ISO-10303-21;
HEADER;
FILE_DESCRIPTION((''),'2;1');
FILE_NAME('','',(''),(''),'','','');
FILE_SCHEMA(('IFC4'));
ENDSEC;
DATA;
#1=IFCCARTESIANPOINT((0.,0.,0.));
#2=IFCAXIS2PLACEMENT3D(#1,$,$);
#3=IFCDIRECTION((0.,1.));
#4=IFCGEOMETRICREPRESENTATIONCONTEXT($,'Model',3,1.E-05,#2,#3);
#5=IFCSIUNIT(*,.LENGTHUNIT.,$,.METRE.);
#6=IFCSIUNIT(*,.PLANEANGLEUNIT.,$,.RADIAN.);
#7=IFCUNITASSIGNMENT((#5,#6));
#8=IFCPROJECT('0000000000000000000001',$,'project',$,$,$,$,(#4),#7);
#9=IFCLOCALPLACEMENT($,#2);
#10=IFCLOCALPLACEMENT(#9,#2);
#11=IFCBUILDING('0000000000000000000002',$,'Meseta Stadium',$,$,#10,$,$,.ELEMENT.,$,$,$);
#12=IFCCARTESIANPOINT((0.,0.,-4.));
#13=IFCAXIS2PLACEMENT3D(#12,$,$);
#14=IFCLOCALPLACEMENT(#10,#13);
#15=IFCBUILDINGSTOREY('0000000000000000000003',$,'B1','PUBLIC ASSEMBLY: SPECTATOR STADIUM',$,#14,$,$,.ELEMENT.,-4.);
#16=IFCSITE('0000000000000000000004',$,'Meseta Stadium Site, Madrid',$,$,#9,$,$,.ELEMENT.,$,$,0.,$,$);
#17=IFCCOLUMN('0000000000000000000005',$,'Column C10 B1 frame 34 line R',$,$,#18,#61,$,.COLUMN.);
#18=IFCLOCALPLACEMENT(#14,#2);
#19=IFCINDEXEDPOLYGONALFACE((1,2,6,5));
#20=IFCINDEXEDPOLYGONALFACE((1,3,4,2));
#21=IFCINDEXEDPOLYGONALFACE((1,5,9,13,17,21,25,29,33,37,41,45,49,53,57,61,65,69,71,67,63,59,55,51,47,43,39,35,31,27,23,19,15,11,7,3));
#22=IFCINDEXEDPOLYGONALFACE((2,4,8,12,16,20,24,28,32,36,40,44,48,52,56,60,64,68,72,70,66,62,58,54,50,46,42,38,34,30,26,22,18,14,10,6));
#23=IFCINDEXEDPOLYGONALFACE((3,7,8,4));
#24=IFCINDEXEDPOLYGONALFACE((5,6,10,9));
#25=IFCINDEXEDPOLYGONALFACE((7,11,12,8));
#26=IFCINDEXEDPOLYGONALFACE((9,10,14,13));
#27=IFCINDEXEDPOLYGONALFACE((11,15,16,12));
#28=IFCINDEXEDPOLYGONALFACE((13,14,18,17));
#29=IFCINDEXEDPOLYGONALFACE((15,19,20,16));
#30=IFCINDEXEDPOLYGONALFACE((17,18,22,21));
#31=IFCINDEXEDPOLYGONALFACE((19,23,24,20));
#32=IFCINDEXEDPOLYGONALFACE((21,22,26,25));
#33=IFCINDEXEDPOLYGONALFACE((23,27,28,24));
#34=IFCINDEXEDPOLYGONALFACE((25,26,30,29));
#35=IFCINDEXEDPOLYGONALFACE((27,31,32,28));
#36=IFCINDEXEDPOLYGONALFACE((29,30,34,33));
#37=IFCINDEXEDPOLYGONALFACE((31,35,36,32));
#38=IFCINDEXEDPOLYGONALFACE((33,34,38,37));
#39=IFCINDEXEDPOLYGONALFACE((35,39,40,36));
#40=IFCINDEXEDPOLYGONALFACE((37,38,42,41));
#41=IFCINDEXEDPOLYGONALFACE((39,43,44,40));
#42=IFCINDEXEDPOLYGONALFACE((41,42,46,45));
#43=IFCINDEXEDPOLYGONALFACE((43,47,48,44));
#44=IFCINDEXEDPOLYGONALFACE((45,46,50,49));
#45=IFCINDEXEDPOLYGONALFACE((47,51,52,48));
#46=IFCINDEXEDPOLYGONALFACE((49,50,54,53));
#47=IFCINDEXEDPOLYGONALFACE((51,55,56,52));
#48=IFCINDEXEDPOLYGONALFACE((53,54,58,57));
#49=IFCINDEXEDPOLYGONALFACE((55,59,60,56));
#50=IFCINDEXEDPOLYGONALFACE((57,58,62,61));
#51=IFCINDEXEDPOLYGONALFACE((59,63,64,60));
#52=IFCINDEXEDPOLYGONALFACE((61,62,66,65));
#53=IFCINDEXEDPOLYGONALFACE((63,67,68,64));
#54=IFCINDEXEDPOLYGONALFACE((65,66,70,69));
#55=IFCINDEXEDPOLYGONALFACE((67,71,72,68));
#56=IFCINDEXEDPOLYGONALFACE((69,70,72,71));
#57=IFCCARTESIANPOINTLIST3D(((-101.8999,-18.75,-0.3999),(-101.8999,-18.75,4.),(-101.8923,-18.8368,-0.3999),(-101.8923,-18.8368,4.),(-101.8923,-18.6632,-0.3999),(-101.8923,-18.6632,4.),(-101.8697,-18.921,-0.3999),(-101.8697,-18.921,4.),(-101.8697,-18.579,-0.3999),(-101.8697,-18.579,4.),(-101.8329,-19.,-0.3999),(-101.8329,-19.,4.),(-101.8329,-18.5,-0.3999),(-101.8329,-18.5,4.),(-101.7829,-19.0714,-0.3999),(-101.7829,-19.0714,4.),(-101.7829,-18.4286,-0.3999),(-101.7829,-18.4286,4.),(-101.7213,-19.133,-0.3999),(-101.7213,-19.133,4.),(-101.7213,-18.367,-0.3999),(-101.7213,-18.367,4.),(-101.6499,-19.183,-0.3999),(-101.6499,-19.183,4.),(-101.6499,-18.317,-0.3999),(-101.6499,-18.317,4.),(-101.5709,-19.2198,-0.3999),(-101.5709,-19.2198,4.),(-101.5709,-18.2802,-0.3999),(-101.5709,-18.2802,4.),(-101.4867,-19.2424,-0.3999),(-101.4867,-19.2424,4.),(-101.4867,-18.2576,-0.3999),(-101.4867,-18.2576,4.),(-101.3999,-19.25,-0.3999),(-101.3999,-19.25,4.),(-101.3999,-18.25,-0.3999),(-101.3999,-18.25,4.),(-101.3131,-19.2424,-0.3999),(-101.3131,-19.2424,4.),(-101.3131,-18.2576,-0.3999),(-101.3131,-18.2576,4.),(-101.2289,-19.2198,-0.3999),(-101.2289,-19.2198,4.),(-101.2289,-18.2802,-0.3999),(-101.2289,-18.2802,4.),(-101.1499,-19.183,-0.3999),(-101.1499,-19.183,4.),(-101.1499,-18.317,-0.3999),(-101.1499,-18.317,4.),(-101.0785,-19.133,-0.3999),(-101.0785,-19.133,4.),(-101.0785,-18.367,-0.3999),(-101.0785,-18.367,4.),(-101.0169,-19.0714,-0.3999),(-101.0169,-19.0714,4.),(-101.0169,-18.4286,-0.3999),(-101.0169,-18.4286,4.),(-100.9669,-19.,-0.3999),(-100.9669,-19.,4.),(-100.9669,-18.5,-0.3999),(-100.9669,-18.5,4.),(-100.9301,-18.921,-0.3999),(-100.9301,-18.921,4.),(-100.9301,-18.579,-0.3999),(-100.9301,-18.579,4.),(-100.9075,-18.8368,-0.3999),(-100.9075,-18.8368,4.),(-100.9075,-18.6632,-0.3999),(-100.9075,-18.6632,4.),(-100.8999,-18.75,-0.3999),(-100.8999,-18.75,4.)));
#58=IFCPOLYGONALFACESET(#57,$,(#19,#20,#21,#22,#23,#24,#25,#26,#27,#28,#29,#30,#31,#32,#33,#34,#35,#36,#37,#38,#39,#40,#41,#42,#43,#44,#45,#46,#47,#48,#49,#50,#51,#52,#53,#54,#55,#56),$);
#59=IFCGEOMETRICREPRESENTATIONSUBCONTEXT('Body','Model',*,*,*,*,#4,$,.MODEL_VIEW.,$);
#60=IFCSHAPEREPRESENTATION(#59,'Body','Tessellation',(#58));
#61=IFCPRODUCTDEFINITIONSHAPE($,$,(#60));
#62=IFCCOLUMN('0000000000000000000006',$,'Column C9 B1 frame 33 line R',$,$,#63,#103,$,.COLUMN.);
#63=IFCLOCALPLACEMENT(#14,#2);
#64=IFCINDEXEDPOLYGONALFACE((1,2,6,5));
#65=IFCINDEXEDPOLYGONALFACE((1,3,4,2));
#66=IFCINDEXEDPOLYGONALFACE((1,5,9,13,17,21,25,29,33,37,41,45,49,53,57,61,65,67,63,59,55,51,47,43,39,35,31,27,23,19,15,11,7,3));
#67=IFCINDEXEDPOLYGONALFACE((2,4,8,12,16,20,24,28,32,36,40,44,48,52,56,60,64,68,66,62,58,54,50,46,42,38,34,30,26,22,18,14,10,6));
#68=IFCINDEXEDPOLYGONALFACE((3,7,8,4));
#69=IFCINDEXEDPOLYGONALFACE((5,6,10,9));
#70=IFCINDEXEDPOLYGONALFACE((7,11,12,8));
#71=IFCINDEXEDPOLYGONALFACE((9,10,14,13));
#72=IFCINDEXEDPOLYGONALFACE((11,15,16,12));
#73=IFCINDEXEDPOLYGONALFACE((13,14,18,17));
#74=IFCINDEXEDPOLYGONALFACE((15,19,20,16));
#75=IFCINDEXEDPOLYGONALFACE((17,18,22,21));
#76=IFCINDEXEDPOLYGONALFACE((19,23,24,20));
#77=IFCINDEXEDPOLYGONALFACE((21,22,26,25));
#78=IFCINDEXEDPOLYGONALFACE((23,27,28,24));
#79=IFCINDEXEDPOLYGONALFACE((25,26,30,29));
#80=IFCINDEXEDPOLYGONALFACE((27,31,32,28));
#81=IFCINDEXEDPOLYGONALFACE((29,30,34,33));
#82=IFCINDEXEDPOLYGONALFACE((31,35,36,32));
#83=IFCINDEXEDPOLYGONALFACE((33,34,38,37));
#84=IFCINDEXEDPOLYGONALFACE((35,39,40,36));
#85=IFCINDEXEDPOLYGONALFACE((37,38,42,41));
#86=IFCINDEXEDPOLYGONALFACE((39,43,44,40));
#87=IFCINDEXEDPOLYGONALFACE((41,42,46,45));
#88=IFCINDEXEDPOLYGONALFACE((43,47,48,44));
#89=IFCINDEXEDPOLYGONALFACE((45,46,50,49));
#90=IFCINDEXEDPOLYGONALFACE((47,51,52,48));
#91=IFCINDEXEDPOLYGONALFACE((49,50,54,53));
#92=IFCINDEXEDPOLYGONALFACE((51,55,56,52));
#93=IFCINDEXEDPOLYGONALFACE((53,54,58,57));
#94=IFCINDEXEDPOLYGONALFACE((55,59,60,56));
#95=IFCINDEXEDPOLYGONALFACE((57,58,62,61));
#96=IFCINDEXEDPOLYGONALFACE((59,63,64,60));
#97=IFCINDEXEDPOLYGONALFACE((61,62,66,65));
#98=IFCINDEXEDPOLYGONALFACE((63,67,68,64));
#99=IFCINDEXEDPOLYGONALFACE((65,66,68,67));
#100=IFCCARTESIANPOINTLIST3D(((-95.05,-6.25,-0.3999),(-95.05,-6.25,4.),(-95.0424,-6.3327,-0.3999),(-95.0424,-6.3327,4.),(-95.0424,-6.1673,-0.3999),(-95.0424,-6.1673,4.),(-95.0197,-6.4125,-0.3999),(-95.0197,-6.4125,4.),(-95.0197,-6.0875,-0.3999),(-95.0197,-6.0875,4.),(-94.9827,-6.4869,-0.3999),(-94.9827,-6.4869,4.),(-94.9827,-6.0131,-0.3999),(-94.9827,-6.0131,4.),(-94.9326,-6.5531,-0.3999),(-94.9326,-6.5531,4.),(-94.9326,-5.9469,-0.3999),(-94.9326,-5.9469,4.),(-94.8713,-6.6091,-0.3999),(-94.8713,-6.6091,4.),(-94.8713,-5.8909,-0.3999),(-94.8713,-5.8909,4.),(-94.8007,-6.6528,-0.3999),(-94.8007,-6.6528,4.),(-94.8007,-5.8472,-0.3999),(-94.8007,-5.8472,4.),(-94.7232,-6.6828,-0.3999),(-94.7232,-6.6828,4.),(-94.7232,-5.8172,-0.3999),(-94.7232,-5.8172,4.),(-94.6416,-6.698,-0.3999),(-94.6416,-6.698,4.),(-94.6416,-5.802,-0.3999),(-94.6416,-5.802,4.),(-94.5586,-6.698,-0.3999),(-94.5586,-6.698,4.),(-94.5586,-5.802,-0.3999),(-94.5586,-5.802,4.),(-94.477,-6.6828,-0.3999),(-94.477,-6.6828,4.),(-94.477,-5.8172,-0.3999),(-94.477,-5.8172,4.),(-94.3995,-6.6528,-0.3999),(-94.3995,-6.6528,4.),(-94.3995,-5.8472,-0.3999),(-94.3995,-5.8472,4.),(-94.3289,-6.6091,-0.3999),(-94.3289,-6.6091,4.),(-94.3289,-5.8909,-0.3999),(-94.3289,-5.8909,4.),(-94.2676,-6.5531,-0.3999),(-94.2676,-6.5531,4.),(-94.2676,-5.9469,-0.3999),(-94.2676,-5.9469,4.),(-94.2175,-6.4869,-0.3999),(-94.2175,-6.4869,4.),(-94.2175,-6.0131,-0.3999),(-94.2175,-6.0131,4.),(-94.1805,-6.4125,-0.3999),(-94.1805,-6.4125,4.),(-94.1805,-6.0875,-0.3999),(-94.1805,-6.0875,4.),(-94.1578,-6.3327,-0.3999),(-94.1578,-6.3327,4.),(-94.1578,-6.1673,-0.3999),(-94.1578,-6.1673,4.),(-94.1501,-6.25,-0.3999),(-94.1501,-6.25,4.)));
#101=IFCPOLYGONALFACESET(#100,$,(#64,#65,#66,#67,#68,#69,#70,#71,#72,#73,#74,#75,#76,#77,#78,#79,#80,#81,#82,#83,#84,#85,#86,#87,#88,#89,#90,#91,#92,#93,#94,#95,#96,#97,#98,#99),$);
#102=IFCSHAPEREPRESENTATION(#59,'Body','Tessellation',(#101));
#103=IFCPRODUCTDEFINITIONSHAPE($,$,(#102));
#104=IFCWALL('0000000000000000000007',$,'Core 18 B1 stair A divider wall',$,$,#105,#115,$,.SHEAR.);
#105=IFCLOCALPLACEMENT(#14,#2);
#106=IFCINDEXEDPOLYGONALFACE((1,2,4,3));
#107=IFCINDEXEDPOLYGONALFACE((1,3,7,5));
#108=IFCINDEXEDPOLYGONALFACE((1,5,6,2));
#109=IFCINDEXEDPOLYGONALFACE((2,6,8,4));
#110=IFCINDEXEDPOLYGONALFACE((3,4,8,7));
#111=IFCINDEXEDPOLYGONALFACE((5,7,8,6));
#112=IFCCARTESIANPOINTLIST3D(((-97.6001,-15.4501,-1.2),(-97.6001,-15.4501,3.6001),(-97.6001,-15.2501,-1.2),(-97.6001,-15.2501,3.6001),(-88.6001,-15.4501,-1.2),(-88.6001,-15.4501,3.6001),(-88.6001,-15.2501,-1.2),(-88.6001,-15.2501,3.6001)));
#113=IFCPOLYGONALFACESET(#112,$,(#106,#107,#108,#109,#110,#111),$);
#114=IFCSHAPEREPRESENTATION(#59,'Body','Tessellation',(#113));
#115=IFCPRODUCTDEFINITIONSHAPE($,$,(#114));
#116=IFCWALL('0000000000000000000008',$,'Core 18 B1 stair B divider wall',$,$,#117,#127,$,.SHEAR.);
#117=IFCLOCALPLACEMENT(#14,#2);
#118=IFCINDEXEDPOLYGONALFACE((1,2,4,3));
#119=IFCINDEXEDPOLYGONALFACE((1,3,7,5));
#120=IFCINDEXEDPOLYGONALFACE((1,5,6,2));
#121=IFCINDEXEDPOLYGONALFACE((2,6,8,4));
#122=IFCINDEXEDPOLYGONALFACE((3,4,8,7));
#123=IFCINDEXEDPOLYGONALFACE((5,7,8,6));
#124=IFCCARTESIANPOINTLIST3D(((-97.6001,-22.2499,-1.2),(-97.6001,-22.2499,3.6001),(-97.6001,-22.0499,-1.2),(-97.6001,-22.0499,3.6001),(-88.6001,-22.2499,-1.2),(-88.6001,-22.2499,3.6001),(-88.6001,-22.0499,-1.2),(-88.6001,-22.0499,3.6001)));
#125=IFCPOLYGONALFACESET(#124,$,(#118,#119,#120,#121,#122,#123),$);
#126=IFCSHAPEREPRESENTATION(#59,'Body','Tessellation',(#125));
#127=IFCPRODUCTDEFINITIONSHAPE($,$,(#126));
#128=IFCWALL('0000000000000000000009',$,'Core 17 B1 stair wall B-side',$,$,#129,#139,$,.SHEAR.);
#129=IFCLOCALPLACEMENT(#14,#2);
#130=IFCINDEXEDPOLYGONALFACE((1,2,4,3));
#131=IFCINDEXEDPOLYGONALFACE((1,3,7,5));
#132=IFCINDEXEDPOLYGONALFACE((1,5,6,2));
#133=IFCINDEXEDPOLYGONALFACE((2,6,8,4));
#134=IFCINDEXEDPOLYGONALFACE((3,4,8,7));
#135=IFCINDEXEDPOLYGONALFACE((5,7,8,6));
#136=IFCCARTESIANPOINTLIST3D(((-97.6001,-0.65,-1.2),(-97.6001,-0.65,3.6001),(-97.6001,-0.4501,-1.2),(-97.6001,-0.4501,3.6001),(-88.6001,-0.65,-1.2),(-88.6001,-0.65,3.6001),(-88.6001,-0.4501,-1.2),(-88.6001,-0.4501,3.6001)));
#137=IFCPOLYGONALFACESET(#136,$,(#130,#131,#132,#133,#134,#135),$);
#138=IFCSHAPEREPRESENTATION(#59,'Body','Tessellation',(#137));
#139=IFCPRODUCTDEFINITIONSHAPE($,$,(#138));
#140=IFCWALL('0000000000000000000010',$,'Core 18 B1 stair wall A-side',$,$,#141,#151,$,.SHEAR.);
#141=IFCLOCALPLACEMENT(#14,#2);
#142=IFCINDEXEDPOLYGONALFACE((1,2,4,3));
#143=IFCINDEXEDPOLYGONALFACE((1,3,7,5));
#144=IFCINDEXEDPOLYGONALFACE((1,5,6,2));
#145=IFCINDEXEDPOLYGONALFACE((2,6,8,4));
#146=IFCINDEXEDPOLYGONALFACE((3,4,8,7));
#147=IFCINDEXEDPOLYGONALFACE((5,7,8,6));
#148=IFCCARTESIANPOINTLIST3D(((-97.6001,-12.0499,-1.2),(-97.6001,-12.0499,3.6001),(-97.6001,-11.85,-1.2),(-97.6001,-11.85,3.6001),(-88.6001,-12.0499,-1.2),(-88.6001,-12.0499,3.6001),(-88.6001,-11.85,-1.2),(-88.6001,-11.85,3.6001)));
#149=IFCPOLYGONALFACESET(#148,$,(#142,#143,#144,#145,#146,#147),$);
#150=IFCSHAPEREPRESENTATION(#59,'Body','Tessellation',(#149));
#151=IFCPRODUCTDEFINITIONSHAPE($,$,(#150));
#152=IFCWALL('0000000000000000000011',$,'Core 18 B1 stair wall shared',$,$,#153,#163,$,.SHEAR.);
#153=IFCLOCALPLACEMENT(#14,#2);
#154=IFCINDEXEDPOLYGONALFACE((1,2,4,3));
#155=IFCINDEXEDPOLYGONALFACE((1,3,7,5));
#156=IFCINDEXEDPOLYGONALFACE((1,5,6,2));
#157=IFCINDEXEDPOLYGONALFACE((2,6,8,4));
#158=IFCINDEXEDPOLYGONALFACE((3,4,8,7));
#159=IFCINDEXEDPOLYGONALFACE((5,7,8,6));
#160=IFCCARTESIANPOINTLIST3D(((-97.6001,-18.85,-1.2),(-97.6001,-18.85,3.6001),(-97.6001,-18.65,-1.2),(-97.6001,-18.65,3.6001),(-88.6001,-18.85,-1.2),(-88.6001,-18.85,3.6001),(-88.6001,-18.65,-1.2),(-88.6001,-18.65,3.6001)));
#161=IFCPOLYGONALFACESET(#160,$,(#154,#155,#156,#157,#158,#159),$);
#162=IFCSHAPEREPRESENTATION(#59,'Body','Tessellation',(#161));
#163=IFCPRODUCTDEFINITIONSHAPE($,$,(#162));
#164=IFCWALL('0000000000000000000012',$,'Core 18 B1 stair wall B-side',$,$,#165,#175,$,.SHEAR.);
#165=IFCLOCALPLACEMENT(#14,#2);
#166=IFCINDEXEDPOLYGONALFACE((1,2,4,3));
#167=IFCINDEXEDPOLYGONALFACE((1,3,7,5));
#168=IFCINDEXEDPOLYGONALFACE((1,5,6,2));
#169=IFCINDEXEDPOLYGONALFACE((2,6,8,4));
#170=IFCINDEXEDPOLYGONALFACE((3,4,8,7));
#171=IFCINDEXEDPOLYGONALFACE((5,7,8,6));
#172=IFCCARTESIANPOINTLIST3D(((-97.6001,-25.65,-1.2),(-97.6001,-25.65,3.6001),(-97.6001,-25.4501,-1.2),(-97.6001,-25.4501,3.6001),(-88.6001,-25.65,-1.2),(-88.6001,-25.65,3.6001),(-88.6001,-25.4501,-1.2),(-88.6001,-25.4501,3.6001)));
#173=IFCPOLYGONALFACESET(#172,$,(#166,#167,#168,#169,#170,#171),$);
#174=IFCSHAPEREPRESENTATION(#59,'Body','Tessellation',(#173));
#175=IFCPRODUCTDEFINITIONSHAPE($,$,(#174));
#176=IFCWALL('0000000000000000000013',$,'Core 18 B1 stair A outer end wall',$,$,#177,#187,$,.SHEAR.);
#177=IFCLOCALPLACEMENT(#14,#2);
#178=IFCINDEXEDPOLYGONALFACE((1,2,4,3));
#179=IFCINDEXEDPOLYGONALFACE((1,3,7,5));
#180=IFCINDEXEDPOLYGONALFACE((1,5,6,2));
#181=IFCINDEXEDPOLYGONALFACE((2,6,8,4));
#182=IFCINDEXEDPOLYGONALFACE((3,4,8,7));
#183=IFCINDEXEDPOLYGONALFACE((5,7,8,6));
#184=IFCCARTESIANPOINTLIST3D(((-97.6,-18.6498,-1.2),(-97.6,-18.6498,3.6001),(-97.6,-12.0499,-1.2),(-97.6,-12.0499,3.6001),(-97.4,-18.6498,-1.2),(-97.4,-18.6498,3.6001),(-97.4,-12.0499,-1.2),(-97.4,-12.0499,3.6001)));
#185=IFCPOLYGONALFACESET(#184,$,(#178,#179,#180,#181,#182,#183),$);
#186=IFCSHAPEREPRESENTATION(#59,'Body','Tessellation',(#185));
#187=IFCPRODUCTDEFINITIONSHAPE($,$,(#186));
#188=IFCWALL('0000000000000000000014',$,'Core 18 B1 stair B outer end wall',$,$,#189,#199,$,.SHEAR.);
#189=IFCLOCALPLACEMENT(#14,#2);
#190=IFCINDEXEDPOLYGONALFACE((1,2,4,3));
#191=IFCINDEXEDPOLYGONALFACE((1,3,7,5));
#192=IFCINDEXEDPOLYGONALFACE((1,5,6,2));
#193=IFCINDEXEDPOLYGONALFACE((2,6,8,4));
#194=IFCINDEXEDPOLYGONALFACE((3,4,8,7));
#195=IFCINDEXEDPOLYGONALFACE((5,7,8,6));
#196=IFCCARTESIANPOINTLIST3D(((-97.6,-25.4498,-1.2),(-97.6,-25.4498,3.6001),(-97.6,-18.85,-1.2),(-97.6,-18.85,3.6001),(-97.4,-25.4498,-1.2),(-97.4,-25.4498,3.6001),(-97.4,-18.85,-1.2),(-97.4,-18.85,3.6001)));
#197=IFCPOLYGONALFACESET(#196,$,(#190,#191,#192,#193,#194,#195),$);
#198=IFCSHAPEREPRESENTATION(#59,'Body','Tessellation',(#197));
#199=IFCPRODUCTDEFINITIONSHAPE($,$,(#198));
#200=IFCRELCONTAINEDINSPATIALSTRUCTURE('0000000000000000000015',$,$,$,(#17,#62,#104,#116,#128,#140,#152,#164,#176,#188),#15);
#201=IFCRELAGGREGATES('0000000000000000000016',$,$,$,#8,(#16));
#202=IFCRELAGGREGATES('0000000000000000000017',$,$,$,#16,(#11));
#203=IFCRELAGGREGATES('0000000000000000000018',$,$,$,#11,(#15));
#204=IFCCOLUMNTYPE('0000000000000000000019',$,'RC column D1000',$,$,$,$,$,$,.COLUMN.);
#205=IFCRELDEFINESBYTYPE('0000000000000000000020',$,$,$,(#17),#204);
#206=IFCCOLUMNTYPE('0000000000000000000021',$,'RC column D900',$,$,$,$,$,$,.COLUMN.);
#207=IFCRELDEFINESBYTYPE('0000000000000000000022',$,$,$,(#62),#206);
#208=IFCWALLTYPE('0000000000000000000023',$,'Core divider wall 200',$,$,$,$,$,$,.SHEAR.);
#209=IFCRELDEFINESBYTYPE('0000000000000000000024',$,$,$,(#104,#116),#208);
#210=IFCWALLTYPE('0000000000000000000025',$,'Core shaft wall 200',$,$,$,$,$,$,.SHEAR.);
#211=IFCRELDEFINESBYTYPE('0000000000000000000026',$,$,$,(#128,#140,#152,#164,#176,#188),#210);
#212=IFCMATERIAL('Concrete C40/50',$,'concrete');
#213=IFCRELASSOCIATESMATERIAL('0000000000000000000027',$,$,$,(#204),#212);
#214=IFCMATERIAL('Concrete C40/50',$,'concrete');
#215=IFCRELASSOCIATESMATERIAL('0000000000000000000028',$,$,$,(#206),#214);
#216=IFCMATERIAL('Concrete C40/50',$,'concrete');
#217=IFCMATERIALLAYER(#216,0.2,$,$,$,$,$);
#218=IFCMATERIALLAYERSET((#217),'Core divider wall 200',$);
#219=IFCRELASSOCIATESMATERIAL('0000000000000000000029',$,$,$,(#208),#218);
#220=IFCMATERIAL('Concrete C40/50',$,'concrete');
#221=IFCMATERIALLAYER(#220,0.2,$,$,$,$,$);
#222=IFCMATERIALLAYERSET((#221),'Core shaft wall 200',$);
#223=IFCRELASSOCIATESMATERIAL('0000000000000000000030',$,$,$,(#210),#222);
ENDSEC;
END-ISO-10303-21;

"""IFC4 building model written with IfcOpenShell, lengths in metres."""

from ifc_helpers import new_model, si_unit, direction, frame, frame_2d, origin, origin_2d, place, context, subcontext, project, spatial, rectangle, circle, extrude, material, layer, layer_set, material_profile, profile_set, type_object, element, save


model = new_model("IFC4")

# Units and contexts
model_context = context("Model", 3, precision=1e-05, world=origin(), true_north=direction((0.0, 1.0)))
body_context = subcontext(model_context, "Body", "Model", "MODEL_VIEW")
ifc_project = project(units=[si_unit("LENGTHUNIT", "METRE"), si_unit("PLANEANGLEUNIT", "RADIAN")], contexts=[model_context])

# Site, building, storey
site_placement = place(None, origin())
site = spatial("IfcSite", under=ifc_project, at=site_placement, Name="Meseta Stadium Site, Madrid", CompositionType="ELEMENT", RefElevation=0.0)
building_placement = place(site_placement, origin())
building = spatial("IfcBuilding", under=site, at=building_placement, Name="Meseta Stadium", CompositionType="ELEMENT")
storey_placement = place(building_placement, frame((0.0, 0.0, -4.0)))
storey = spatial("IfcBuildingStorey", under=building, at=storey_placement, Name="B1", Description="PUBLIC ASSEMBLY: SPECTATOR STADIUM", CompositionType="ELEMENT", Elevation=-4.0)

# Columns
ifc_material_1 = material(Name="Concrete C40/50", Category="concrete")
ifc_material_profile_1 = material_profile(ifc_material_1, circle(Radius=0.5, at=origin_2d()), Name="RC D1000")
ifc_profile_set_1 = profile_set([ifc_material_profile_1], Name="Concrete C40/50")
column_type_1 = type_object("IfcColumnType", Name="RC column D1000", PredefinedType="COLUMN", material=ifc_profile_set_1)
column_1_placement = place(storey_placement, frame((-101.3999, -18.75, -0.3999), z_axis=(0.0, 0.0, 1.0), x_axis=(1.0, 0.0, 0.0)))
element("IfcColumn", 1, at=column_1_placement, inside=storey, type_object=column_type_1, Name="Column C10 B1 frame 34 line R", PredefinedType="COLUMN", context=body_context, shape_type="SweptSolid", body=[
    extrude(circle(Radius=0.5, at=origin_2d()), origin(), (0.0, 0.0, 1.0), 4.3999),
])
ifc_material_2 = material(Name="Concrete C40/50", Category="concrete")
ifc_material_profile_2 = material_profile(ifc_material_2, circle(Radius=0.45, at=origin_2d()), Name="RC D900")
ifc_profile_set_2 = profile_set([ifc_material_profile_2], Name="Concrete C40/50")
column_type_2 = type_object("IfcColumnType", Name="RC column D900", PredefinedType="COLUMN", material=ifc_profile_set_2)
column_2_placement = place(storey_placement, frame((-94.6001, -6.25, -0.3999), z_axis=(0.0, 0.0, 1.0), x_axis=(1.0, 0.0, 0.0)))
element("IfcColumn", 2, at=column_2_placement, inside=storey, type_object=column_type_2, Name="Column C9 B1 frame 33 line R", PredefinedType="COLUMN", context=body_context, shape_type="SweptSolid", body=[
    extrude(circle(Radius=0.45, at=origin_2d()), origin(), (0.0, 0.0, 1.0), 4.3999),
])

# Walls
ifc_material_3 = material(Name="Concrete C40/50", Category="concrete")
ifc_layer_1 = layer(ifc_material_3, 0.2)
ifc_layer_set_1 = layer_set([ifc_layer_1], Name="Core divider wall 200")
wall_type_1 = type_object("IfcWallType", Name="Core divider wall 200", PredefinedType="SHEAR", material=ifc_layer_set_1)
for number, where, z_axis, x_axis, name in (
    (3, (-97.6001, -15.3501, -1.2), (0.0, 0.0, 1.0), (1.0, 0.0, 0.0), "Core 18 B1 stair A divider wall"),
    (4, (-97.6001, -22.1499, -1.2), (0.0, 0.0, 1.0), (1.0, 0.0, 0.0), "Core 18 B1 stair B divider wall"),
):
    element("IfcWall", number, at=place(storey_placement, frame(where, z_axis=z_axis, x_axis=x_axis)), inside=storey, type_object=wall_type_1, Name=name, PredefinedType="SHEAR", context=body_context, shape_type="SweptSolid", body=[
        extrude(rectangle(XDim=9.0, YDim=0.2, at=frame_2d((4.5, 0.0))), origin(), (0.0, 0.0, 1.0), 4.8),
    ])
ifc_material_4 = material(Name="Concrete C40/50", Category="concrete")
ifc_layer_2 = layer(ifc_material_4, 0.2)
ifc_layer_set_2 = layer_set([ifc_layer_2], Name="Core shaft wall 200")
wall_type_2 = type_object("IfcWallType", Name="Core shaft wall 200", PredefinedType="SHEAR", material=ifc_layer_set_2)
for number, where, z_axis, x_axis, name in (
    (5, (-97.6001, -0.55, -1.2), (0.0, 0.0, 1.0), (1.0, 0.0, 0.0), "Core 17 B1 stair wall B-side"),
    (6, (-97.6001, -11.95, -1.2), (0.0, 0.0, 1.0), (1.0, 0.0, 0.0), "Core 18 B1 stair wall A-side"),
    (7, (-97.6001, -18.75, -1.2), (0.0, 0.0, 1.0), (1.0, 0.0, 0.0), "Core 18 B1 stair wall shared"),
    (8, (-97.6001, -25.55, -1.2), (0.0, 0.0, 1.0), (1.0, 0.0, 0.0), "Core 18 B1 stair wall B-side"),
):
    element("IfcWall", number, at=place(storey_placement, frame(where, z_axis=z_axis, x_axis=x_axis)), inside=storey, type_object=wall_type_2, Name=name, PredefinedType="SHEAR", context=body_context, shape_type="SweptSolid", body=[
        extrude(rectangle(XDim=9.0, YDim=0.2, at=frame_2d((4.5, 0.0))), origin(), (0.0, 0.0, 1.0), 4.8),
    ])
for number, where, z_axis, x_axis, name in (
    (9, (-97.5, -12.05, -1.2), (0.0, 0.0, 1.0), (0.0, -1.0, 0.0), "Core 18 B1 stair A outer end wall"),
    (10, (-97.5, -18.8501, -1.2), (0.0, 0.0, 1.0), (0.0, -1.0, 0.0), "Core 18 B1 stair B outer end wall"),
):
    element("IfcWall", number, at=place(storey_placement, frame(where, z_axis=z_axis, x_axis=x_axis)), inside=storey, type_object=wall_type_2, Name=name, PredefinedType="SHEAR", context=body_context, shape_type="SweptSolid", body=[
        extrude(rectangle(XDim=6.5999, YDim=0.2, at=frame_2d((3.2998, 0.0))), origin(), (0.0, 0.0, 1.0), 4.8),
    ])

save(model, "model.ifc")
